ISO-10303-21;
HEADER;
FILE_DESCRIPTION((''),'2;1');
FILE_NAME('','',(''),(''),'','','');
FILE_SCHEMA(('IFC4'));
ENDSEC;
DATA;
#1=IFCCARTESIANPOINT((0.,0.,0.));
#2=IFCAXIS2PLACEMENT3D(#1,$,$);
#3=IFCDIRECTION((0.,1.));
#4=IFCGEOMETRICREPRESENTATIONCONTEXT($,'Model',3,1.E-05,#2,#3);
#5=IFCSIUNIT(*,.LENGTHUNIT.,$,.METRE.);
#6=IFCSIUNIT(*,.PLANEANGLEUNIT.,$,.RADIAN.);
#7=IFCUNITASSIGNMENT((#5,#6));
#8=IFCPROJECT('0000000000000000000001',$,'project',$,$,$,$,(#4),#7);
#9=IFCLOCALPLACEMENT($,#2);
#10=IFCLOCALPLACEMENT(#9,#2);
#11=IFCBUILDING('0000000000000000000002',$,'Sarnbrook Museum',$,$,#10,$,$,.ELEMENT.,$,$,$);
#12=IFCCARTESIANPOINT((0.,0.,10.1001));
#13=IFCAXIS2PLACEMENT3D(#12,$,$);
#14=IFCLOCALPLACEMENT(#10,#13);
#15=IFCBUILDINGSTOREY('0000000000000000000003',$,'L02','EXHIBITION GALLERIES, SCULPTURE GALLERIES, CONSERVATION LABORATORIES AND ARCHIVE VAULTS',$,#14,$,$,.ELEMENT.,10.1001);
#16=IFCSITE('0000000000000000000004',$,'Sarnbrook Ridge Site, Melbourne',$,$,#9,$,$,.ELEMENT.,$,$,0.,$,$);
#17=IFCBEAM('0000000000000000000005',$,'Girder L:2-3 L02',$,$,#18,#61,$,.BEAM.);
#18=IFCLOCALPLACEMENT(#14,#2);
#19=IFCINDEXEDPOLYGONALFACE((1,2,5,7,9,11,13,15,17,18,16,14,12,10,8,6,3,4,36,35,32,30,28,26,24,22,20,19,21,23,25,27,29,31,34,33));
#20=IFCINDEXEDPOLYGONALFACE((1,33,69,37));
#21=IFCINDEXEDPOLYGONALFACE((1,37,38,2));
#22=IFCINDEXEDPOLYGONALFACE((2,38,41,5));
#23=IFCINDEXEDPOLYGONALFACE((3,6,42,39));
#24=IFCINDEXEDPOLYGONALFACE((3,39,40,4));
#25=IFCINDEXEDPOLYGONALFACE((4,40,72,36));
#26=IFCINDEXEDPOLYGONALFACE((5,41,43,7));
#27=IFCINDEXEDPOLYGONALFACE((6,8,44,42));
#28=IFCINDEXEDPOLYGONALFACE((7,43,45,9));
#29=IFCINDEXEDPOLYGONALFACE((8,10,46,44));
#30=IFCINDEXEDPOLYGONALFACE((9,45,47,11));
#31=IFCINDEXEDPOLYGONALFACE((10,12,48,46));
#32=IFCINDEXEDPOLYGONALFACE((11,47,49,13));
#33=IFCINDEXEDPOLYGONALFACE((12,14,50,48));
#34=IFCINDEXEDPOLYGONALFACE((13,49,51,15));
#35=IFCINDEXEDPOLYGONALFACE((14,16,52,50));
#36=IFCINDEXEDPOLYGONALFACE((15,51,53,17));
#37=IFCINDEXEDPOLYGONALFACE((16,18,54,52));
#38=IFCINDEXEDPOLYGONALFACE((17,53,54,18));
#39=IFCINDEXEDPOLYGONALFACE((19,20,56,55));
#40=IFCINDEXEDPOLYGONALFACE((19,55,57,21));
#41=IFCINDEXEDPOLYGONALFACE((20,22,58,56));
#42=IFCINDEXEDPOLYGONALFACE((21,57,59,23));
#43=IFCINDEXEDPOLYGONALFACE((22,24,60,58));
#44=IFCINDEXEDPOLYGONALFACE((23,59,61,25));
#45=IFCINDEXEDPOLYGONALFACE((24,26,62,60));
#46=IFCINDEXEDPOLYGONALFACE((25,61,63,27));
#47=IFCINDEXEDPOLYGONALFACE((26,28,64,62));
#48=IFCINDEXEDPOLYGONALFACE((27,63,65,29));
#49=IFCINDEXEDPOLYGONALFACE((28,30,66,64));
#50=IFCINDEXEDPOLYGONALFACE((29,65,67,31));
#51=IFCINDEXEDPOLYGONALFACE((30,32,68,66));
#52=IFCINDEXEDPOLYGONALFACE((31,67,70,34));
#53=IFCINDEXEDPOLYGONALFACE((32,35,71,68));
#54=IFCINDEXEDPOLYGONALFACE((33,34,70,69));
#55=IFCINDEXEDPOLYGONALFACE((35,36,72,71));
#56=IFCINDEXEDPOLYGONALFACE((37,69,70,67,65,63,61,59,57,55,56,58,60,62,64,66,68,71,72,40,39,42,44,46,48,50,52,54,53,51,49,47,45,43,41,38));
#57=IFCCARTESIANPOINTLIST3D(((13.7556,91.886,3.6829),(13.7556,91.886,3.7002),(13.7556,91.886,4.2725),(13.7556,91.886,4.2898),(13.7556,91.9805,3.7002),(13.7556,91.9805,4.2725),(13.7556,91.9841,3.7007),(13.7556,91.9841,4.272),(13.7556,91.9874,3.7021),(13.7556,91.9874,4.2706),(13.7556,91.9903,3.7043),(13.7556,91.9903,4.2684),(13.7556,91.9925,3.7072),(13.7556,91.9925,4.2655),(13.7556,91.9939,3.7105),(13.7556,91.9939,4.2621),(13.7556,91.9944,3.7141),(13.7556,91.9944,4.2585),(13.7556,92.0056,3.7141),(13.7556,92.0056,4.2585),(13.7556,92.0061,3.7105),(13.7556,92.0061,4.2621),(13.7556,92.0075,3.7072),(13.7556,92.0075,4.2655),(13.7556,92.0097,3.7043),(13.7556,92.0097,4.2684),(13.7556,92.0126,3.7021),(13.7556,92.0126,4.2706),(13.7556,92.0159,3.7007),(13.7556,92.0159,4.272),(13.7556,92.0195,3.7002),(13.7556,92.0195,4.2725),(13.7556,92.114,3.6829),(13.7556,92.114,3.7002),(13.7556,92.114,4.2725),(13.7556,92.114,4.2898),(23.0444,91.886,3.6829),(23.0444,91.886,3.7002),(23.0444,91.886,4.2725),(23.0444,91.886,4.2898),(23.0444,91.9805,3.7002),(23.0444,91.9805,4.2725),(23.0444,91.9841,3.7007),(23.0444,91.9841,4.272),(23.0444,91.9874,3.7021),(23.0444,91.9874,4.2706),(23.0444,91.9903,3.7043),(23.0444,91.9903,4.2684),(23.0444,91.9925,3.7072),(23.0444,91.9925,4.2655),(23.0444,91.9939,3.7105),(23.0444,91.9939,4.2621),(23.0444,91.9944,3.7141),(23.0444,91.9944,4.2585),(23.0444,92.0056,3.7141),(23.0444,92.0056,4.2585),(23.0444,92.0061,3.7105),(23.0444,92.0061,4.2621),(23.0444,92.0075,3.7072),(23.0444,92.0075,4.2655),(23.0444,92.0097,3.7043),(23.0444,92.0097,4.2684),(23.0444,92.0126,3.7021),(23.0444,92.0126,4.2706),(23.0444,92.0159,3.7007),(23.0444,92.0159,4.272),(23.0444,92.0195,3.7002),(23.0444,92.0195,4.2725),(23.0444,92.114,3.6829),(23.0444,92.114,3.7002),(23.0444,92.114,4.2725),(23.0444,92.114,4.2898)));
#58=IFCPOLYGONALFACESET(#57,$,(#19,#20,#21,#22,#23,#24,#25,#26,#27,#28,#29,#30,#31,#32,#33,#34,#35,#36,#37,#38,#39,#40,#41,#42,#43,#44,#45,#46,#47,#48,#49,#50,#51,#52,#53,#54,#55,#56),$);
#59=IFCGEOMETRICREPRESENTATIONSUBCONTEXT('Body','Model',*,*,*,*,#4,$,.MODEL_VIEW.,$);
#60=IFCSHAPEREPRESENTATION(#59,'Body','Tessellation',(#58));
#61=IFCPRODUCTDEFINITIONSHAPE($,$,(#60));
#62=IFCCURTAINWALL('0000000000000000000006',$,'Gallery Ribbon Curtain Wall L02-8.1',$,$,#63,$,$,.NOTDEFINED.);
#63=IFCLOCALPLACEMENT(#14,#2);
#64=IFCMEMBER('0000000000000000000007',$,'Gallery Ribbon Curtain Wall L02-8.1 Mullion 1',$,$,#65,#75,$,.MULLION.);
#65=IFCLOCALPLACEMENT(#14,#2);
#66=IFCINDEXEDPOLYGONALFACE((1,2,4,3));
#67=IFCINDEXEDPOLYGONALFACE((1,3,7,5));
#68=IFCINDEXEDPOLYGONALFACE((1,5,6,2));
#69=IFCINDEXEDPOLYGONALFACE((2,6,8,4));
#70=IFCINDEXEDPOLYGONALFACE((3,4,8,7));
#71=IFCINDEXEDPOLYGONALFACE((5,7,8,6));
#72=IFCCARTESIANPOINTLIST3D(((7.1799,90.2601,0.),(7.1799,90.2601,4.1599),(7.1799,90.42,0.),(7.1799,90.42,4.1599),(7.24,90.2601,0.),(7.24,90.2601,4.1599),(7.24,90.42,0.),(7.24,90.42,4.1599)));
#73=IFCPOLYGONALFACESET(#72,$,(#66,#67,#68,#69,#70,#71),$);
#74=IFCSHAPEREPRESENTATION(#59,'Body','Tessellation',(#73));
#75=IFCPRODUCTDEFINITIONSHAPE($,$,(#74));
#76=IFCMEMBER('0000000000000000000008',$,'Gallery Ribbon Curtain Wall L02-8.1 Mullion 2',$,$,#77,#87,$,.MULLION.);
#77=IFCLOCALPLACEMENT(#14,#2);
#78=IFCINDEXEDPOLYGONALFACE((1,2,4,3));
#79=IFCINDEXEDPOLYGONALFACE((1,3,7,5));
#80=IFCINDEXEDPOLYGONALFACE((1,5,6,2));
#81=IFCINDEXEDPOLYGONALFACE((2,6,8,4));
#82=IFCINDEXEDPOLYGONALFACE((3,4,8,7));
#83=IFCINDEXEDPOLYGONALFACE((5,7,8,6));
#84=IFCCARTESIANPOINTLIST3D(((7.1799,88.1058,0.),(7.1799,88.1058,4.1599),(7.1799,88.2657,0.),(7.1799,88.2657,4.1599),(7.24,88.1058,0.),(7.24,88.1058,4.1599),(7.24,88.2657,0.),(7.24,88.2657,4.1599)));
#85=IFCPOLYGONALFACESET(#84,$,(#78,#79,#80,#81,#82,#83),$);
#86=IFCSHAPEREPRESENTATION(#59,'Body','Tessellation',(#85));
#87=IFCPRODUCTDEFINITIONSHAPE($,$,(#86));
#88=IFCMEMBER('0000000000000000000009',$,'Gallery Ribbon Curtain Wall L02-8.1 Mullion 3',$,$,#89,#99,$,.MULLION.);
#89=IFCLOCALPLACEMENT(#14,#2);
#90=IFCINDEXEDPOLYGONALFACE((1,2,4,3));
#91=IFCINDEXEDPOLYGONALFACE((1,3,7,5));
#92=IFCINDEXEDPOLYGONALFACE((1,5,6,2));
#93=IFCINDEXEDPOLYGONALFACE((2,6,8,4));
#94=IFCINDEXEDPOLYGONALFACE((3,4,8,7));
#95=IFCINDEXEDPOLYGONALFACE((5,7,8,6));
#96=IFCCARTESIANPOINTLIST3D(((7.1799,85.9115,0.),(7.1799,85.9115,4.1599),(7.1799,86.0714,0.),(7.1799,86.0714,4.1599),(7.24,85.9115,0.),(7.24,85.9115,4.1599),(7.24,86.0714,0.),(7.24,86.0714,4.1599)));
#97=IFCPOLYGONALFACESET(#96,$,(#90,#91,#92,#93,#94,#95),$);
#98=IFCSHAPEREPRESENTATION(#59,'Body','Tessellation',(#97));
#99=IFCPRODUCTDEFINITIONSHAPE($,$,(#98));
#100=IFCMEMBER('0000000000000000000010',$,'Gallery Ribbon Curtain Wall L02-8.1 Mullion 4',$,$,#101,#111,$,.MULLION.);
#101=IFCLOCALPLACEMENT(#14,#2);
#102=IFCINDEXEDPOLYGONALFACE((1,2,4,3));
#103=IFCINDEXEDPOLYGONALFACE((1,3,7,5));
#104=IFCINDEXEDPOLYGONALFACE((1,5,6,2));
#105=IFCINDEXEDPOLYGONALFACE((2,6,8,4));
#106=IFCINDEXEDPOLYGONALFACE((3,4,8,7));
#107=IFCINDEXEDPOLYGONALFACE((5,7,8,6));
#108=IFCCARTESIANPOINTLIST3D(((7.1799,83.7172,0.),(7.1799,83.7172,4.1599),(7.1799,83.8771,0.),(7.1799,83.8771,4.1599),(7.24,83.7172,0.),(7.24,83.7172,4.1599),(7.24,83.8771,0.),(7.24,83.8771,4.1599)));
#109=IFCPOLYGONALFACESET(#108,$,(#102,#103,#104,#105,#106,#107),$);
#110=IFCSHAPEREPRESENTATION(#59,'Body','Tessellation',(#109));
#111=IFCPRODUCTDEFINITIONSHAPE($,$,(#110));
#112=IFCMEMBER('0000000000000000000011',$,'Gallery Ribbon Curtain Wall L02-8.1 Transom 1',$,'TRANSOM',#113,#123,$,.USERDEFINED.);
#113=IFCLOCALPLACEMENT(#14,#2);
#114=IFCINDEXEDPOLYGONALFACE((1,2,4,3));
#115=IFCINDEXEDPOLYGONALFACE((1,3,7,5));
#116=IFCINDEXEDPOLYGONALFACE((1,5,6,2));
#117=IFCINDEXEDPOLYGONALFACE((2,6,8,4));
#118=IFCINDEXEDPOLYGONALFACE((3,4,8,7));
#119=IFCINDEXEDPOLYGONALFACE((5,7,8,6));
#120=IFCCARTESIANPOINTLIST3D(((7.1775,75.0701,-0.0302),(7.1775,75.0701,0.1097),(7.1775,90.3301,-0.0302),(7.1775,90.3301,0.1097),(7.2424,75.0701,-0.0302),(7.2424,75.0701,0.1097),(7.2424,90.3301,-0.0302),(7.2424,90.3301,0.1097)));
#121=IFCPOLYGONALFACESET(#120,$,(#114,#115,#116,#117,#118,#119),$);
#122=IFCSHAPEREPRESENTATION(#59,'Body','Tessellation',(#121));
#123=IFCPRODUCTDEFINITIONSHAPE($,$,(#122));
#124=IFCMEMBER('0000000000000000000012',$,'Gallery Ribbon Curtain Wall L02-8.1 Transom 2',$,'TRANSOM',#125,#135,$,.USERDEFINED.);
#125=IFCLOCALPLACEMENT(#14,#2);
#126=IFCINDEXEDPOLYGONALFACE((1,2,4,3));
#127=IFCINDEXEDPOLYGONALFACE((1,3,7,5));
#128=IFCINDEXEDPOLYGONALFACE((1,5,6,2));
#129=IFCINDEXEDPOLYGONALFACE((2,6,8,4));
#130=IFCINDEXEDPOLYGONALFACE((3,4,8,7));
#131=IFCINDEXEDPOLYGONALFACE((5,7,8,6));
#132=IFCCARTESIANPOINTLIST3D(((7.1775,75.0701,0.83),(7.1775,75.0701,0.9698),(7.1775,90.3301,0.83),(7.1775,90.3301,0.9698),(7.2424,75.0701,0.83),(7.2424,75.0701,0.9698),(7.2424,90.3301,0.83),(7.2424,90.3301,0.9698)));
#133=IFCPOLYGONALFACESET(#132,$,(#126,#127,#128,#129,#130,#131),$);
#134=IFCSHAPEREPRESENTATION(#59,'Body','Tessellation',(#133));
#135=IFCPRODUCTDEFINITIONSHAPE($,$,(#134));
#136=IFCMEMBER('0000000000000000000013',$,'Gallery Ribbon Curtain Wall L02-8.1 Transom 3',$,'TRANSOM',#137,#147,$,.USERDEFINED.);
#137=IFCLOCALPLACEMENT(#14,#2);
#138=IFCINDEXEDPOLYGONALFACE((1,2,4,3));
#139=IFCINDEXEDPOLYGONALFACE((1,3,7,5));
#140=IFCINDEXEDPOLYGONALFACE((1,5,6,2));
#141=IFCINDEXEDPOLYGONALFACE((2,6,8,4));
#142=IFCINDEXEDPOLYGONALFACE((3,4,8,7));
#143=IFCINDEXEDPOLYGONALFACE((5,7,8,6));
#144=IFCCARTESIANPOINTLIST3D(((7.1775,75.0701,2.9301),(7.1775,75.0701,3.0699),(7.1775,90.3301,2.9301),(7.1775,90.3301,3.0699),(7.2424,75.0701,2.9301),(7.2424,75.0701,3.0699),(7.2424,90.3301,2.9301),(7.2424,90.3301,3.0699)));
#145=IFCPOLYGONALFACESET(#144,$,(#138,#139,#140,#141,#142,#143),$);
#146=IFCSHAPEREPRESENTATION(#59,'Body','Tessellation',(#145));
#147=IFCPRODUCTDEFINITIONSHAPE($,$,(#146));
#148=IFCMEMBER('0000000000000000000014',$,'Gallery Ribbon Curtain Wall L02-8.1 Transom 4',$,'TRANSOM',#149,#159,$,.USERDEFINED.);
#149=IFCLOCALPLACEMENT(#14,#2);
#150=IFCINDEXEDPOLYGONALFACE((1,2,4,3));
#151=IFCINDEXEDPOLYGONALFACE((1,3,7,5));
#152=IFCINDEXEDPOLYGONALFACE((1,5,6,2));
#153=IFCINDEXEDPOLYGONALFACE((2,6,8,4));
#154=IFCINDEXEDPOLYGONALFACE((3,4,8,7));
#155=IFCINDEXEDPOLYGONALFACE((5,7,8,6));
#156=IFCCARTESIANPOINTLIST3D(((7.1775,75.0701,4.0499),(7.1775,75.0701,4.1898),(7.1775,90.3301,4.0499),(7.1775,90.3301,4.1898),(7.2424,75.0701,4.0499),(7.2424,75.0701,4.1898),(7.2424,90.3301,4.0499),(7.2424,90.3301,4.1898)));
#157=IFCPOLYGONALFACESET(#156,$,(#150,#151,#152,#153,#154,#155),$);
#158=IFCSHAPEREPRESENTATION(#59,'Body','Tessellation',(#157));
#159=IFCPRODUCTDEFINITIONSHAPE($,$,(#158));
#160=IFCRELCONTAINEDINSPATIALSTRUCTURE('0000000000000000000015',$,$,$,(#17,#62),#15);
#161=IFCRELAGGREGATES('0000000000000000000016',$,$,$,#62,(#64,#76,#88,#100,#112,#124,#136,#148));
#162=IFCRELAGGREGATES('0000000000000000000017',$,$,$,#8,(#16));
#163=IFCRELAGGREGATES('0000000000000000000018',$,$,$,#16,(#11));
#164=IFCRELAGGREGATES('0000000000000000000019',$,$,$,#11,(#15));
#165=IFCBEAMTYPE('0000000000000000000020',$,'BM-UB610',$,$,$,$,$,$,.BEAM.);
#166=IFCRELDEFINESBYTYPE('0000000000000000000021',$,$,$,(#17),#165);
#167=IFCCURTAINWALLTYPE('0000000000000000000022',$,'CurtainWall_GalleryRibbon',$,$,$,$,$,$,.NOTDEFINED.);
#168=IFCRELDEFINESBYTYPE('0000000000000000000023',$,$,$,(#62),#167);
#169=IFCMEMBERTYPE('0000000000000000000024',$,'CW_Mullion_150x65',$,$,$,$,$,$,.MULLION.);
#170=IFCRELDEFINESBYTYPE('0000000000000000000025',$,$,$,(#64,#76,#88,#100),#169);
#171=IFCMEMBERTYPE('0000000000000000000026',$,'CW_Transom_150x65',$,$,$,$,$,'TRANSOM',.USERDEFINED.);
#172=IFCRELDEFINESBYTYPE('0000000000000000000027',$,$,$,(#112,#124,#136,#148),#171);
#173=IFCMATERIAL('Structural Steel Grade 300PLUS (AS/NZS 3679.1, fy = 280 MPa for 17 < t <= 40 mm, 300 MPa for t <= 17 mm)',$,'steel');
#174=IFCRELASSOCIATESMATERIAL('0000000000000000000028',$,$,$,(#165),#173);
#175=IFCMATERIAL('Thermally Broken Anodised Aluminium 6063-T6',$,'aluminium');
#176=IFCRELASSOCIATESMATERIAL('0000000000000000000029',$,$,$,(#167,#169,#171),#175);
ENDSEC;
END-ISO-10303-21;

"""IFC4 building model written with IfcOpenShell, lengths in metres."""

from ifc_helpers import new_model, si_unit, direction, frame, origin, origin_2d, place, context, subcontext, project, spatial, rectangle, i_section, extrude, material, material_profile, profile_set, type_object, element, aggregate, save


model = new_model("IFC4")

# Units and contexts
model_context = context("Model", 3, precision=1e-05, world=origin(), true_north=direction((0.0, 1.0)))
body_context = subcontext(model_context, "Body", "Model", "MODEL_VIEW")
ifc_project = project(units=[si_unit("LENGTHUNIT", "METRE"), si_unit("PLANEANGLEUNIT", "RADIAN")], contexts=[model_context])

# Site, building, storey
site_placement = place(None, origin())
site = spatial("IfcSite", under=ifc_project, at=site_placement, Name="Sarnbrook Ridge Site, Melbourne", CompositionType="ELEMENT", RefElevation=0.0)
building_placement = place(site_placement, origin())
building = spatial("IfcBuilding", under=site, at=building_placement, Name="Sarnbrook Museum", CompositionType="ELEMENT")
storey_placement = place(building_placement, frame((0.0, 0.0, 10.1001)))
storey = spatial("IfcBuildingStorey", under=building, at=storey_placement, Name="L02", Description="EXHIBITION GALLERIES, SCULPTURE GALLERIES, CONSERVATION LABORATORIES AND ARCHIVE VAULTS", CompositionType="ELEMENT", Elevation=10.1001)

# Shared definitions
ifc_material_1 = material(Name="Structural Steel Grade 300PLUS (AS/NZS 3679.1, fy = 280 MPa for 17 < t <= 40 mm, 300 MPa for t <= 17 mm)", Category="steel")

# Beam
ifc_material_profile_1 = material_profile(ifc_material_1, i_section(OverallWidth=0.228, OverallDepth=0.6069, WebThickness=0.0112, FlangeThickness=0.0173, FilletRadius=0.0139, at=origin_2d()), Name="610UB113")
ifc_profile_set_1 = profile_set([ifc_material_profile_1], Name="Structural Steel Grade 300PLUS (AS/NZS 3679.1, fy = 280 MPa for 17 < t <= 40 mm, 300 MPa for t <= 17 mm)")
beam_type_1 = type_object("IfcBeamType", Name="BM-UB610", PredefinedType="BEAM", material=ifc_profile_set_1)
beam_placement = place(storey_placement, frame((13.7556, 92.0, 3.9863), z_axis=(1.0, 0.0, 0.0), x_axis=(0.0, 1.0, 0.0)))
element("IfcBeam", 1, at=beam_placement, inside=storey, type_object=beam_type_1, Name="Girder L:2-3 L02", PredefinedType="BEAM", context=body_context, shape_type="SweptSolid", body=[
    extrude(i_section(OverallWidth=0.228, OverallDepth=0.6069, WebThickness=0.0112, FlangeThickness=0.0173, FilletRadius=0.0139, at=origin_2d()), origin(), (0.0, 0.0, 1.0), 9.2888),
])

# Curtain wall, members
ifc_material_2 = material(Name="Thermally Broken Anodised Aluminium 6063-T6", Category="aluminium")
curtain_wall_type = type_object("IfcCurtainWallType", Name="CurtainWall_GalleryRibbon", PredefinedType="NOTDEFINED", material=ifc_material_2)
curtain_wall_placement = place(storey_placement, origin())
curtain_wall = element("IfcCurtainWall", 2, at=curtain_wall_placement, inside=storey, type_object=curtain_wall_type, Name="Gallery Ribbon Curtain Wall L02-8.1", PredefinedType="NOTDEFINED")
ifc_material_profile_2 = material_profile(ifc_material_2, rectangle(XDim=0.0601, YDim=0.1599, at=origin_2d()), Name="ALU MULLION 60x160")
ifc_profile_set_2 = profile_set([ifc_material_profile_2], Name="Thermally Broken Anodised Aluminium 6063-T6")
member_type_1 = type_object("IfcMemberType", Name="CW_Mullion_150x65", PredefinedType="MULLION", material=ifc_profile_set_2)
member_1_placement = place(storey_placement, frame((7.21, 90.3401, 0.0), z_axis=(0.0, 0.0, 1.0), x_axis=(1.0, 0.0, 0.0)))
member_1 = element("IfcMember", 3, at=member_1_placement, type_object=member_type_1, Name="Gallery Ribbon Curtain Wall L02-8.1 Mullion 1", PredefinedType="MULLION", context=body_context, shape_type="SweptSolid", body=[
    extrude(rectangle(XDim=0.0601, YDim=0.1599, at=origin_2d()), origin(), (0.0, 0.0, 1.0), 4.1599),
])
member_2_placement = place(storey_placement, frame((7.21, 88.1858, 0.0), z_axis=(0.0, 0.0, 1.0), x_axis=(1.0, 0.0, 0.0)))
member_2 = element("IfcMember", 4, at=member_2_placement, type_object=member_type_1, Name="Gallery Ribbon Curtain Wall L02-8.1 Mullion 2", PredefinedType="MULLION", context=body_context, shape_type="SweptSolid", body=[
    extrude(rectangle(XDim=0.0601, YDim=0.1599, at=origin_2d()), origin(), (0.0, 0.0, 1.0), 4.1599),
])
member_3_placement = place(storey_placement, frame((7.21, 85.9915, 0.0), z_axis=(0.0, 0.0, 1.0), x_axis=(1.0, 0.0, 0.0)))
member_3 = element("IfcMember", 5, at=member_3_placement, type_object=member_type_1, Name="Gallery Ribbon Curtain Wall L02-8.1 Mullion 3", PredefinedType="MULLION", context=body_context, shape_type="SweptSolid", body=[
    extrude(rectangle(XDim=0.0601, YDim=0.1599, at=origin_2d()), origin(), (0.0, 0.0, 1.0), 4.1599),
])
member_4_placement = place(storey_placement, frame((7.21, 83.7971, 0.0), z_axis=(0.0, 0.0, 1.0), x_axis=(1.0, 0.0, 0.0)))
member_4 = element("IfcMember", 6, at=member_4_placement, type_object=member_type_1, Name="Gallery Ribbon Curtain Wall L02-8.1 Mullion 4", PredefinedType="MULLION", context=body_context, shape_type="SweptSolid", body=[
    extrude(rectangle(XDim=0.0601, YDim=0.1599, at=origin_2d()), origin(), (0.0, 0.0, 1.0), 4.1599),
])
ifc_material_profile_3 = material_profile(ifc_material_2, rectangle(XDim=0.0649, YDim=0.1399, at=origin_2d()), Name="ALU TRANSOM 65x140")
ifc_profile_set_3 = profile_set([ifc_material_profile_3], Name="Thermally Broken Anodised Aluminium 6063-T6")
member_type_2 = type_object("IfcMemberType", Name="CW_Transom_150x65", ElementType="TRANSOM", PredefinedType="USERDEFINED", material=ifc_profile_set_3)
member_5_placement = place(storey_placement, frame((7.21, 90.3301, 0.0398), z_axis=(0.0, -1.0, 0.0), x_axis=(1.0, 0.0, 0.0)))
member_5 = element("IfcMember", 7, at=member_5_placement, type_object=member_type_2, Name="Gallery Ribbon Curtain Wall L02-8.1 Transom 1", ObjectType="TRANSOM", PredefinedType="USERDEFINED", context=body_context, shape_type="SweptSolid", body=[
    extrude(rectangle(XDim=0.0649, YDim=0.1399, at=origin_2d()), origin(), (0.0, 0.0, 1.0), 15.26),
])
member_6_placement = place(storey_placement, frame((7.21, 90.3301, 0.8999), z_axis=(0.0, -1.0, 0.0), x_axis=(1.0, 0.0, 0.0)))
member_6 = element("IfcMember", 8, at=member_6_placement, type_object=member_type_2, Name="Gallery Ribbon Curtain Wall L02-8.1 Transom 2", ObjectType="TRANSOM", PredefinedType="USERDEFINED", context=body_context, shape_type="SweptSolid", body=[
    extrude(rectangle(XDim=0.0649, YDim=0.1399, at=origin_2d()), origin(), (0.0, 0.0, 1.0), 15.26),
])
member_7_placement = place(storey_placement, frame((7.21, 90.3301, 3.0), z_axis=(0.0, -1.0, 0.0), x_axis=(1.0, 0.0, 0.0)))
member_7 = element("IfcMember", 9, at=member_7_placement, type_object=member_type_2, Name="Gallery Ribbon Curtain Wall L02-8.1 Transom 3", ObjectType="TRANSOM", PredefinedType="USERDEFINED", context=body_context, shape_type="SweptSolid", body=[
    extrude(rectangle(XDim=0.0649, YDim=0.1399, at=origin_2d()), origin(), (0.0, 0.0, 1.0), 15.26),
])
member_8_placement = place(storey_placement, frame((7.21, 90.3301, 4.1199), z_axis=(0.0, -1.0, 0.0), x_axis=(1.0, 0.0, 0.0)))
member_8 = element("IfcMember", 10, at=member_8_placement, type_object=member_type_2, Name="Gallery Ribbon Curtain Wall L02-8.1 Transom 4", ObjectType="TRANSOM", PredefinedType="USERDEFINED", context=body_context, shape_type="SweptSolid", body=[
    extrude(rectangle(XDim=0.0649, YDim=0.1399, at=origin_2d()), origin(), (0.0, 0.0, 1.0), 15.26),
])

aggregate(curtain_wall, [member_1, member_2, member_3, member_4, member_5, member_6, member_7, member_8])

save(model, "model.ifc")
